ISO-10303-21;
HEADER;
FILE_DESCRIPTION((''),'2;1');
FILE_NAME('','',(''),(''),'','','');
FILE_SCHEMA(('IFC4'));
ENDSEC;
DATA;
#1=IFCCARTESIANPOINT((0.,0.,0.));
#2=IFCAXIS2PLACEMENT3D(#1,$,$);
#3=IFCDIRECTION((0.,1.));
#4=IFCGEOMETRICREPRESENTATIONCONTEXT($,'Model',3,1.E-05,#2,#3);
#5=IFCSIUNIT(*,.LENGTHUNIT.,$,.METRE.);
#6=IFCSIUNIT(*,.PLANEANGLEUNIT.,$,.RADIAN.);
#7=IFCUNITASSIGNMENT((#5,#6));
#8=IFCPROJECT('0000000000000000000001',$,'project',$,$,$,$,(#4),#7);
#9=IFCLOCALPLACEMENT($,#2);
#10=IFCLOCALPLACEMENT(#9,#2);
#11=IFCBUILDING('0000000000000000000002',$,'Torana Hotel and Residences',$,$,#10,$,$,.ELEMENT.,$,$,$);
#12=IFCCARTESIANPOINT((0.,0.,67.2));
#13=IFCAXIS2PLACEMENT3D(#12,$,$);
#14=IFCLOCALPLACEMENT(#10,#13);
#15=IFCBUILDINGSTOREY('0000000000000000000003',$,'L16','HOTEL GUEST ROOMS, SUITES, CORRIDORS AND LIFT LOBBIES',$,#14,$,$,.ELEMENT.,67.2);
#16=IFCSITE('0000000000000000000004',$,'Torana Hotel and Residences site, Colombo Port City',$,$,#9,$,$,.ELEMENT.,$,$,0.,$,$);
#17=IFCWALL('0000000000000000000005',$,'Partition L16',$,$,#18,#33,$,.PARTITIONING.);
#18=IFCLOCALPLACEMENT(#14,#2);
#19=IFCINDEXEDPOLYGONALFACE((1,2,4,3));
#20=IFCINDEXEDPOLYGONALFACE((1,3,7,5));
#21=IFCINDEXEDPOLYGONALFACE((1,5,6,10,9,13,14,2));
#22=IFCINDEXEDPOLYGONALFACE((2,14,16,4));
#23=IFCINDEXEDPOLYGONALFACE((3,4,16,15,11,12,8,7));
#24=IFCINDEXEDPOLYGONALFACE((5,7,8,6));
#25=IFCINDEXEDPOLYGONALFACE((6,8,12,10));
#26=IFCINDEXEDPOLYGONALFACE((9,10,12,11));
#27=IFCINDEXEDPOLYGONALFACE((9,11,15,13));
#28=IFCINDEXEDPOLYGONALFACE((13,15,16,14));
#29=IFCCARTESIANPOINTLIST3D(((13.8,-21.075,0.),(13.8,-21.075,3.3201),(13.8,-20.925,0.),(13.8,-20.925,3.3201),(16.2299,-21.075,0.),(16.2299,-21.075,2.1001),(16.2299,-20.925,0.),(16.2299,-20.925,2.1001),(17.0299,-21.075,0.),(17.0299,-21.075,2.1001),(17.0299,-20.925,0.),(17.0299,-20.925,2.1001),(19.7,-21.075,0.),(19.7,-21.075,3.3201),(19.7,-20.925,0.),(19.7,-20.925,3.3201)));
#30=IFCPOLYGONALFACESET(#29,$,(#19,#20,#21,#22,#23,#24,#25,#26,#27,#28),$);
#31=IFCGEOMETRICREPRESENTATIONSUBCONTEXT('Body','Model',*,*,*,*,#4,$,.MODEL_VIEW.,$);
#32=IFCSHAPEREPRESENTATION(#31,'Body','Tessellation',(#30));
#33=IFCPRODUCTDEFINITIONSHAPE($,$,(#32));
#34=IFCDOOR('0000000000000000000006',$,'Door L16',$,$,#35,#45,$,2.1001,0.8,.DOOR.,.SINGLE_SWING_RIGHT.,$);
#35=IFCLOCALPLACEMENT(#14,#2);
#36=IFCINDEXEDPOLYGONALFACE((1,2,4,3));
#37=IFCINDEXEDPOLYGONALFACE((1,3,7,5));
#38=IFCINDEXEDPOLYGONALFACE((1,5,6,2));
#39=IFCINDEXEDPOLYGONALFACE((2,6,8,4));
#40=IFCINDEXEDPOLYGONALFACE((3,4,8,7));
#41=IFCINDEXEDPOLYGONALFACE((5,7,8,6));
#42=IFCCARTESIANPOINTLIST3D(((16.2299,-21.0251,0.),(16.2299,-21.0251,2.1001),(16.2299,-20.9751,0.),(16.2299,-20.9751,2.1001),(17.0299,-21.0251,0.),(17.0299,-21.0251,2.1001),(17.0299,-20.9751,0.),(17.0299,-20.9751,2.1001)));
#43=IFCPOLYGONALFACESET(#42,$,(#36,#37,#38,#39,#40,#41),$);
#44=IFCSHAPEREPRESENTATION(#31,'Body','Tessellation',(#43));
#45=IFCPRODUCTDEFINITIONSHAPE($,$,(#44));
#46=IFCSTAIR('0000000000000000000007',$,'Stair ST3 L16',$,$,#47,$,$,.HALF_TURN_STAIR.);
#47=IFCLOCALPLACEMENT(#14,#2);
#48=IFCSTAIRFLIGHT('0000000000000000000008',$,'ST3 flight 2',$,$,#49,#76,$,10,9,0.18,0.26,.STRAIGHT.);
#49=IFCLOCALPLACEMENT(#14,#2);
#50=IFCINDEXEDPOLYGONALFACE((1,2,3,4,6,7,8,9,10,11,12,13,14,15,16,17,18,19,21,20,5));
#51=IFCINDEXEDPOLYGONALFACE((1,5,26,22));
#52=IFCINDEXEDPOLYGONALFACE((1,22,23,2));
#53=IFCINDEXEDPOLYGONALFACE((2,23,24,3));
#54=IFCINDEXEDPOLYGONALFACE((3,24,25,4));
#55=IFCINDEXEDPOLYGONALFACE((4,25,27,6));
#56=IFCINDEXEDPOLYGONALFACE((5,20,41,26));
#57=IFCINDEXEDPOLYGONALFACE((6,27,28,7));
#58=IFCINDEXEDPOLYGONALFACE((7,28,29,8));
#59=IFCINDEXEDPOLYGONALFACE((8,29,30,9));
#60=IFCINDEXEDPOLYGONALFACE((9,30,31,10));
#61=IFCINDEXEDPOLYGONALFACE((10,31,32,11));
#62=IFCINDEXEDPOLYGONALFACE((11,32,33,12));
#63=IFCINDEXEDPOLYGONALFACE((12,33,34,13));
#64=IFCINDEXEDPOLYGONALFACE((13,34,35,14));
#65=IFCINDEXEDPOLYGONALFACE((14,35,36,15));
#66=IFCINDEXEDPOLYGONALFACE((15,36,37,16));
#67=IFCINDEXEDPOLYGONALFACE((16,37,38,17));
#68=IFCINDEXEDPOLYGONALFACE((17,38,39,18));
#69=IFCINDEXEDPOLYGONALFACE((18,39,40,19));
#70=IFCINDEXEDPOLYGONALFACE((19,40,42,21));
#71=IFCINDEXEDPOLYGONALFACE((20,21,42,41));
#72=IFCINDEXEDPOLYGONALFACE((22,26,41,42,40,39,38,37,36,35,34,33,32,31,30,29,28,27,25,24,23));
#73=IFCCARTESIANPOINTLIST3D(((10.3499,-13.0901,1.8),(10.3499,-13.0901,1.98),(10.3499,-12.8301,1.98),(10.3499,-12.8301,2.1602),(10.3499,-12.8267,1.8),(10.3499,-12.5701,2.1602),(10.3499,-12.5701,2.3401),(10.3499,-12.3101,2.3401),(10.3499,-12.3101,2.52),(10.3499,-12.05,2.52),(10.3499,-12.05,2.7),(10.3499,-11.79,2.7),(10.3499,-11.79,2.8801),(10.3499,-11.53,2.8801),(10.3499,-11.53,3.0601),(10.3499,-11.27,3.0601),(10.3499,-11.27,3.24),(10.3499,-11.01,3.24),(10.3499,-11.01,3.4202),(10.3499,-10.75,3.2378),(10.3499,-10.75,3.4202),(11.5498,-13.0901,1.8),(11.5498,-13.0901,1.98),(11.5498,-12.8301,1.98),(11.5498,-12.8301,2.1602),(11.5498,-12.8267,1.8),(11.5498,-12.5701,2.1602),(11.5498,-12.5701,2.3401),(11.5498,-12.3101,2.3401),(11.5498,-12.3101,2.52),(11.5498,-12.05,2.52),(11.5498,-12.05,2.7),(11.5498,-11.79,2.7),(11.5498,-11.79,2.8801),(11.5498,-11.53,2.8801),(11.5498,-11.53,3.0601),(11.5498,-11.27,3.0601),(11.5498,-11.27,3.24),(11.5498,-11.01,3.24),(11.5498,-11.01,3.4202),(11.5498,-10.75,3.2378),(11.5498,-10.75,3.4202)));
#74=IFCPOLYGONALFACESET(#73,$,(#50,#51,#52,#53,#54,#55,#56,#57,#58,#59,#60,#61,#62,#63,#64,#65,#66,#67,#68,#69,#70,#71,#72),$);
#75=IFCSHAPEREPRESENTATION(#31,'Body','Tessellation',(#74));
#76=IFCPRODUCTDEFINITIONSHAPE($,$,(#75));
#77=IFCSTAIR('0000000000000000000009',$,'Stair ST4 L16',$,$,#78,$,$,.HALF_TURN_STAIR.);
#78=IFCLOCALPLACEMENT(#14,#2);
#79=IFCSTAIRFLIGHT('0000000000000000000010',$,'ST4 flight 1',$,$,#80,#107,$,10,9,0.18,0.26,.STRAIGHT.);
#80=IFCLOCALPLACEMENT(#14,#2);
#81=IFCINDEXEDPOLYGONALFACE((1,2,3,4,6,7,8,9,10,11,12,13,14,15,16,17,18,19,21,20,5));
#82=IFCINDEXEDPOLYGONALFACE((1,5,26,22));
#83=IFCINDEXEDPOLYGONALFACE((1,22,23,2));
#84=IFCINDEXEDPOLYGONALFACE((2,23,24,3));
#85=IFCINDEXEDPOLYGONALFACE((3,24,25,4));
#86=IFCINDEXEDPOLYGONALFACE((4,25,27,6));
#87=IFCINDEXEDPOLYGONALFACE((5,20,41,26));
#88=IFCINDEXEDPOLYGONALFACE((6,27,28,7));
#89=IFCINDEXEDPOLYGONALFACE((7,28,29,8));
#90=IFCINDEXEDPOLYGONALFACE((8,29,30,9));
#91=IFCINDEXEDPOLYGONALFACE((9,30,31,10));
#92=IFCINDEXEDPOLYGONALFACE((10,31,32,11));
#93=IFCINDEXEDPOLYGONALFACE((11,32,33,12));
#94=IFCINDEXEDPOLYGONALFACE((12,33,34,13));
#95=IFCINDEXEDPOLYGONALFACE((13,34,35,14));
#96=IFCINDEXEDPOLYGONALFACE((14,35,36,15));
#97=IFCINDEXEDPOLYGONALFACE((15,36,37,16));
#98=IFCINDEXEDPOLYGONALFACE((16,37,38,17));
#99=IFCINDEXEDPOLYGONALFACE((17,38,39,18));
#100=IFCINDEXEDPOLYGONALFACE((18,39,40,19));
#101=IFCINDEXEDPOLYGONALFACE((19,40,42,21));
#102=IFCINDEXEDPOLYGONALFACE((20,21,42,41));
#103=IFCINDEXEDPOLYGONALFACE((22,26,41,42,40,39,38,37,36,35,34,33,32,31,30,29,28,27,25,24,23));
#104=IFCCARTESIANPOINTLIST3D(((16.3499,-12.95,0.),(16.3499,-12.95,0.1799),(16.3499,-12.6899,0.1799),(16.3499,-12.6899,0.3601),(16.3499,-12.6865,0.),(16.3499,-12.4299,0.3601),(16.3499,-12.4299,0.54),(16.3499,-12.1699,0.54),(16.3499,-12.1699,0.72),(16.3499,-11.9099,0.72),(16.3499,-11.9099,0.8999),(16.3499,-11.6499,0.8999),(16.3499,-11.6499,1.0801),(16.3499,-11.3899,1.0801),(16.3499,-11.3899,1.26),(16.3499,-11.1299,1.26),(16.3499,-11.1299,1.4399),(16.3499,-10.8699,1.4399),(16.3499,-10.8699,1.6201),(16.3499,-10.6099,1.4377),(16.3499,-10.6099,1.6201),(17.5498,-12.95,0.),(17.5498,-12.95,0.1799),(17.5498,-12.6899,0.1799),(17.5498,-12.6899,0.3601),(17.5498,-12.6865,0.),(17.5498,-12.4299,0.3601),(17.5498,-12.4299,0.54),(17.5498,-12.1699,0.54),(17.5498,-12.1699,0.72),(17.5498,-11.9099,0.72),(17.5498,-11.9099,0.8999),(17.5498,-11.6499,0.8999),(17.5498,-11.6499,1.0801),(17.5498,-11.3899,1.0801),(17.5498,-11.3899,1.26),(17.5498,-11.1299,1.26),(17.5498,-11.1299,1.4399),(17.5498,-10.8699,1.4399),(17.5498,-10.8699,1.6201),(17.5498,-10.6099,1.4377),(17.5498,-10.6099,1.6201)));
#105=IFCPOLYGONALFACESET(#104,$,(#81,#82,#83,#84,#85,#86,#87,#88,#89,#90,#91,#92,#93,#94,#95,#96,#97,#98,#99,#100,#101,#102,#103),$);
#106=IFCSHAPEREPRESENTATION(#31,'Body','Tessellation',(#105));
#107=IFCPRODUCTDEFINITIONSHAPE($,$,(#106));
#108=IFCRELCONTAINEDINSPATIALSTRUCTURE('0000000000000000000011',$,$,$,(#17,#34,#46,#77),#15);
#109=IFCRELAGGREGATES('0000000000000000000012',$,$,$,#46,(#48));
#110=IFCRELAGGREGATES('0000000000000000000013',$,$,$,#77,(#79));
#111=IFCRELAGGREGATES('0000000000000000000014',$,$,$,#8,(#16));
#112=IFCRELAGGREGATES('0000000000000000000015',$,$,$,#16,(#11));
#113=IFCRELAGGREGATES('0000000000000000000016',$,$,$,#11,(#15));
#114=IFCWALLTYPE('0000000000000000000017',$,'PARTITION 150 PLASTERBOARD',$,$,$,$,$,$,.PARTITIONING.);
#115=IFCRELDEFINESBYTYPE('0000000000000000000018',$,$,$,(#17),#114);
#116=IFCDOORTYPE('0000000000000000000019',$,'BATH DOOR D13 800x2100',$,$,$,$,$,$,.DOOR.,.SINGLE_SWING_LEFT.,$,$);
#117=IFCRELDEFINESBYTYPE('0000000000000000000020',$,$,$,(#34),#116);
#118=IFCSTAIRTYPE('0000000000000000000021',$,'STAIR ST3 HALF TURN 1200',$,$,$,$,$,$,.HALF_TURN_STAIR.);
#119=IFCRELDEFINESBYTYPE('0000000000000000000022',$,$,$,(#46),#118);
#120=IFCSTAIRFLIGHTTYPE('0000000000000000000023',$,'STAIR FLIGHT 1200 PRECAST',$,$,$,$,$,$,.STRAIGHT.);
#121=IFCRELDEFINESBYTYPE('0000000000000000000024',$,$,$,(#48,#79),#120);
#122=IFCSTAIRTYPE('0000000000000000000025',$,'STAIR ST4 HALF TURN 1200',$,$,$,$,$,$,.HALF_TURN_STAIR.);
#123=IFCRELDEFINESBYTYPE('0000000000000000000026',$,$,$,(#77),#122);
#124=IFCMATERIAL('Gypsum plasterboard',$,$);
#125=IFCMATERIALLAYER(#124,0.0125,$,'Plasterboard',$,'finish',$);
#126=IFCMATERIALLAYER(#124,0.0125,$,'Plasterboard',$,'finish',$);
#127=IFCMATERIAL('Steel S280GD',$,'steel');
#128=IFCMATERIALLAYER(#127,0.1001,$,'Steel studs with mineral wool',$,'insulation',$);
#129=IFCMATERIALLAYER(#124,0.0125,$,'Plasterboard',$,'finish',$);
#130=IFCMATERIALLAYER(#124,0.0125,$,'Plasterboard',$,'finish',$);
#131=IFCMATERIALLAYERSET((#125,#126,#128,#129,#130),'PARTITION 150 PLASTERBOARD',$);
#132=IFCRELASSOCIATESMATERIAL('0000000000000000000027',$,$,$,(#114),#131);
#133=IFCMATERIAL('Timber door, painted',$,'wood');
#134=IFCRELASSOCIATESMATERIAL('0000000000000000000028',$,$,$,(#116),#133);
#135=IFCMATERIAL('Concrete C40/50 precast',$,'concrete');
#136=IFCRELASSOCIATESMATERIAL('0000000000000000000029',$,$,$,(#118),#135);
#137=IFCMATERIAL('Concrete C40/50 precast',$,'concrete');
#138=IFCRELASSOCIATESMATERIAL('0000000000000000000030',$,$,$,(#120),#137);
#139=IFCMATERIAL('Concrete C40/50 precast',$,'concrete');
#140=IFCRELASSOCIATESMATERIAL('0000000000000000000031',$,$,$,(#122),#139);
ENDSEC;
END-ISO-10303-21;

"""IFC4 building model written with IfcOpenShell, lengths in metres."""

from ifc_helpers import new_model, si_unit, direction, frame, frame_2d, origin, place, context, subcontext, project, spatial, polyline, rectangle, outline, extrude, material, layer, layer_set, type_object, element, fill, aggregate, save


model = new_model("IFC4")

# Units and contexts
model_context = context("Model", 3, precision=1e-05, world=origin(), true_north=direction((0.0, 1.0)))
body_context = subcontext(model_context, "Body", "Model", "MODEL_VIEW")
ifc_project = project(units=[si_unit("LENGTHUNIT", "METRE"), si_unit("PLANEANGLEUNIT", "RADIAN")], contexts=[model_context])

# Site, building, storey
site_placement = place(None, origin())
site = spatial("IfcSite", under=ifc_project, at=site_placement, Name="Torana Hotel and Residences site, Colombo Port City", CompositionType="ELEMENT", RefElevation=0.0)
building_placement = place(site_placement, origin())
building = spatial("IfcBuilding", under=site, at=building_placement, Name="Torana Hotel and Residences", CompositionType="ELEMENT")
storey_placement = place(building_placement, frame((0.0, 0.0, 67.2)))
storey = spatial("IfcBuildingStorey", under=building, at=storey_placement, Name="L16", Description="HOTEL GUEST ROOMS, SUITES, CORRIDORS AND LIFT LOBBIES", CompositionType="ELEMENT", Elevation=67.2)

# Shared definitions
ifc_material_1 = material(Name="Gypsum plasterboard")
ifc_layer_1 = layer(ifc_material_1, 0.0125, Name="Plasterboard", Category="finish")
ifc_layer_2 = layer(ifc_material_1, 0.0125, Name="Plasterboard", Category="finish")
ifc_material_2 = material(Name="Steel S280GD", Category="steel")
ifc_layer_3 = layer(ifc_material_2, 0.1001, Name="Steel studs with mineral wool", Category="insulation")
ifc_layer_4 = layer(ifc_material_1, 0.0125, Name="Plasterboard", Category="finish")
ifc_layer_5 = layer(ifc_material_1, 0.0125, Name="Plasterboard", Category="finish")
ifc_layer_set_1 = layer_set([ifc_layer_1, ifc_layer_2, ifc_layer_3, ifc_layer_4, ifc_layer_5], Name="PARTITION 150 PLASTERBOARD")
wall_type_1 = type_object("IfcWallType", Name="PARTITION 150 PLASTERBOARD", PredefinedType="PARTITIONING", material=ifc_layer_set_1)

# Wall, opening, door
ifc_material_3 = material(Name="Timber door, painted", Category="wood")
door_type_1 = type_object("IfcDoorType", Name="BATH DOOR D13 800x2100", OperationType="SINGLE_SWING_LEFT", PredefinedType="DOOR", material=ifc_material_3)
wall_1_placement = place(storey_placement, frame((13.8, -21.0, 0.0), z_axis=(0.0, 0.0, 1.0), x_axis=(1.0, 0.0, 0.0)))
wall_1 = element("IfcWall", 1, at=wall_1_placement, inside=storey, type_object=wall_type_1, Name="Partition L16", PredefinedType="PARTITIONING", context=body_context, shape_type="SweptSolid", body=[
    extrude(rectangle(XDim=5.8999, YDim=0.1499, at=frame_2d((2.95, 0.0))), origin(), (0.0, 0.0, 1.0), 3.3201),
])
opening_1_placement = place(wall_1_placement, frame((2.4299, 0.0, 0.0)))
opening_1 = element("IfcOpeningElement", 2, at=opening_1_placement, cuts=wall_1, PredefinedType="OPENING", context=body_context, shape_type="SweptSolid", body=[
    extrude(rectangle(XDim=0.8, YDim=2.1001, at=frame_2d((0.3999, 1.05))), frame((0.0, 0.085, 0.0), z_axis=(0.0, -1.0, 0.0), x_axis=(1.0, 0.0, 0.0)), (0.0, 0.0, 1.0), 0.1699),
])
door_1_placement = place(opening_1_placement, origin())
door_1 = element("IfcDoor", 3, at=door_1_placement, inside=storey, type_object=door_type_1, Name="Door L16", OperationType="SINGLE_SWING_RIGHT", OverallHeight=2.1001, OverallWidth=0.8, PredefinedType="DOOR", context=body_context, shape_type="SweptSolid", body=[
    extrude(rectangle(XDim=0.8, YDim=2.1001, at=frame_2d((0.3999, 1.05))), frame((0.0, 0.0249, 0.0), z_axis=(0.0, -1.0, 0.0), x_axis=(1.0, 0.0, 0.0)), (0.0, 0.0, 1.0), 0.05),
])
fill(opening_1, door_1)

# Stairs, stair flights
ifc_material_4 = material(Name="Concrete C40/50 precast", Category="concrete")
stair_type_1 = type_object("IfcStairType", Name="STAIR ST3 HALF TURN 1200", PredefinedType="HALF_TURN_STAIR", material=ifc_material_4)
stair_1_placement = place(storey_placement, origin())
stair_1 = element("IfcStair", 4, at=stair_1_placement, inside=storey, type_object=stair_type_1, Name="Stair ST3 L16", PredefinedType="HALF_TURN_STAIR")
ifc_material_5 = material(Name="Concrete C40/50 precast", Category="concrete")
stair_flight_type = type_object("IfcStairFlightType", Name="STAIR FLIGHT 1200 PRECAST", PredefinedType="STRAIGHT", material=ifc_material_5)
stair_flight_1_placement = place(storey_placement, frame((10.95, -13.0901, 1.8), z_axis=(0.0, 0.0, 1.0), x_axis=(0.0, 1.0, 0.0)))
stair_flight_1 = element("IfcStairFlight", 5, at=stair_flight_1_placement, type_object=stair_flight_type, Name="ST3 flight 2", NumberOfRisers=10, NumberOfTreads=9, PredefinedType="STRAIGHT", RiserHeight=0.18, TreadLength=0.26, context=body_context, shape_type="SweptSolid", body=[
    extrude(outline(polyline([(0.0, 0.0), (0.0, 0.1799), (0.26, 0.1799), (0.26, 0.3601), (0.52, 0.3601), (0.52, 0.54), (0.78, 0.54), (0.78, 0.72), (1.04, 0.72), (1.04, 0.8999), (1.3, 0.8999), (1.3, 1.0801), (1.5601, 1.0801), (1.5601, 1.26), (1.8201, 1.26), (1.8201, 1.4399), (2.0801, 1.4399), (2.0801, 1.6201), (2.3401, 1.6201), (2.3401, 1.8), (2.3401, 1.4377), (0.2634, 0.0), (0.0, 0.0)])), frame((0.0, 0.6001, 0.0), z_axis=(0.0, -1.0, 0.0), x_axis=(1.0, 0.0, 0.0)), (0.0, 0.0, 1.0), 1.2),
])
aggregate(stair_1, [stair_flight_1])
ifc_material_6 = material(Name="Concrete C40/50 precast", Category="concrete")
stair_type_2 = type_object("IfcStairType", Name="STAIR ST4 HALF TURN 1200", PredefinedType="HALF_TURN_STAIR", material=ifc_material_6)
stair_2_placement = place(storey_placement, origin())
stair_2 = element("IfcStair", 6, at=stair_2_placement, inside=storey, type_object=stair_type_2, Name="Stair ST4 L16", PredefinedType="HALF_TURN_STAIR")
stair_flight_2_placement = place(storey_placement, frame((16.95, -12.95, 0.0), z_axis=(0.0, 0.0, 1.0), x_axis=(0.0, 1.0, 0.0)))
stair_flight_2 = element("IfcStairFlight", 7, at=stair_flight_2_placement, type_object=stair_flight_type, Name="ST4 flight 1", NumberOfRisers=10, NumberOfTreads=9, PredefinedType="STRAIGHT", RiserHeight=0.18, TreadLength=0.26, context=body_context, shape_type="SweptSolid", body=[
    extrude(outline(polyline([(0.0, 0.0), (0.0, 0.1799), (0.26, 0.1799), (0.26, 0.3601), (0.52, 0.3601), (0.52, 0.54), (0.78, 0.54), (0.78, 0.72), (1.04, 0.72), (1.04, 0.8999), (1.3, 0.8999), (1.3, 1.0801), (1.5601, 1.0801), (1.5601, 1.26), (1.8201, 1.26), (1.8201, 1.4399), (2.0801, 1.4399), (2.0801, 1.6201), (2.3401, 1.6201), (2.3401, 1.8), (2.3401, 1.4377), (0.2634, 0.0), (0.0, 0.0)])), frame((0.0, 0.6001, 0.0), z_axis=(0.0, -1.0, 0.0), x_axis=(1.0, 0.0, 0.0)), (0.0, 0.0, 1.0), 1.2),
])
aggregate(stair_2, [stair_flight_2])

save(model, "model.ifc")
